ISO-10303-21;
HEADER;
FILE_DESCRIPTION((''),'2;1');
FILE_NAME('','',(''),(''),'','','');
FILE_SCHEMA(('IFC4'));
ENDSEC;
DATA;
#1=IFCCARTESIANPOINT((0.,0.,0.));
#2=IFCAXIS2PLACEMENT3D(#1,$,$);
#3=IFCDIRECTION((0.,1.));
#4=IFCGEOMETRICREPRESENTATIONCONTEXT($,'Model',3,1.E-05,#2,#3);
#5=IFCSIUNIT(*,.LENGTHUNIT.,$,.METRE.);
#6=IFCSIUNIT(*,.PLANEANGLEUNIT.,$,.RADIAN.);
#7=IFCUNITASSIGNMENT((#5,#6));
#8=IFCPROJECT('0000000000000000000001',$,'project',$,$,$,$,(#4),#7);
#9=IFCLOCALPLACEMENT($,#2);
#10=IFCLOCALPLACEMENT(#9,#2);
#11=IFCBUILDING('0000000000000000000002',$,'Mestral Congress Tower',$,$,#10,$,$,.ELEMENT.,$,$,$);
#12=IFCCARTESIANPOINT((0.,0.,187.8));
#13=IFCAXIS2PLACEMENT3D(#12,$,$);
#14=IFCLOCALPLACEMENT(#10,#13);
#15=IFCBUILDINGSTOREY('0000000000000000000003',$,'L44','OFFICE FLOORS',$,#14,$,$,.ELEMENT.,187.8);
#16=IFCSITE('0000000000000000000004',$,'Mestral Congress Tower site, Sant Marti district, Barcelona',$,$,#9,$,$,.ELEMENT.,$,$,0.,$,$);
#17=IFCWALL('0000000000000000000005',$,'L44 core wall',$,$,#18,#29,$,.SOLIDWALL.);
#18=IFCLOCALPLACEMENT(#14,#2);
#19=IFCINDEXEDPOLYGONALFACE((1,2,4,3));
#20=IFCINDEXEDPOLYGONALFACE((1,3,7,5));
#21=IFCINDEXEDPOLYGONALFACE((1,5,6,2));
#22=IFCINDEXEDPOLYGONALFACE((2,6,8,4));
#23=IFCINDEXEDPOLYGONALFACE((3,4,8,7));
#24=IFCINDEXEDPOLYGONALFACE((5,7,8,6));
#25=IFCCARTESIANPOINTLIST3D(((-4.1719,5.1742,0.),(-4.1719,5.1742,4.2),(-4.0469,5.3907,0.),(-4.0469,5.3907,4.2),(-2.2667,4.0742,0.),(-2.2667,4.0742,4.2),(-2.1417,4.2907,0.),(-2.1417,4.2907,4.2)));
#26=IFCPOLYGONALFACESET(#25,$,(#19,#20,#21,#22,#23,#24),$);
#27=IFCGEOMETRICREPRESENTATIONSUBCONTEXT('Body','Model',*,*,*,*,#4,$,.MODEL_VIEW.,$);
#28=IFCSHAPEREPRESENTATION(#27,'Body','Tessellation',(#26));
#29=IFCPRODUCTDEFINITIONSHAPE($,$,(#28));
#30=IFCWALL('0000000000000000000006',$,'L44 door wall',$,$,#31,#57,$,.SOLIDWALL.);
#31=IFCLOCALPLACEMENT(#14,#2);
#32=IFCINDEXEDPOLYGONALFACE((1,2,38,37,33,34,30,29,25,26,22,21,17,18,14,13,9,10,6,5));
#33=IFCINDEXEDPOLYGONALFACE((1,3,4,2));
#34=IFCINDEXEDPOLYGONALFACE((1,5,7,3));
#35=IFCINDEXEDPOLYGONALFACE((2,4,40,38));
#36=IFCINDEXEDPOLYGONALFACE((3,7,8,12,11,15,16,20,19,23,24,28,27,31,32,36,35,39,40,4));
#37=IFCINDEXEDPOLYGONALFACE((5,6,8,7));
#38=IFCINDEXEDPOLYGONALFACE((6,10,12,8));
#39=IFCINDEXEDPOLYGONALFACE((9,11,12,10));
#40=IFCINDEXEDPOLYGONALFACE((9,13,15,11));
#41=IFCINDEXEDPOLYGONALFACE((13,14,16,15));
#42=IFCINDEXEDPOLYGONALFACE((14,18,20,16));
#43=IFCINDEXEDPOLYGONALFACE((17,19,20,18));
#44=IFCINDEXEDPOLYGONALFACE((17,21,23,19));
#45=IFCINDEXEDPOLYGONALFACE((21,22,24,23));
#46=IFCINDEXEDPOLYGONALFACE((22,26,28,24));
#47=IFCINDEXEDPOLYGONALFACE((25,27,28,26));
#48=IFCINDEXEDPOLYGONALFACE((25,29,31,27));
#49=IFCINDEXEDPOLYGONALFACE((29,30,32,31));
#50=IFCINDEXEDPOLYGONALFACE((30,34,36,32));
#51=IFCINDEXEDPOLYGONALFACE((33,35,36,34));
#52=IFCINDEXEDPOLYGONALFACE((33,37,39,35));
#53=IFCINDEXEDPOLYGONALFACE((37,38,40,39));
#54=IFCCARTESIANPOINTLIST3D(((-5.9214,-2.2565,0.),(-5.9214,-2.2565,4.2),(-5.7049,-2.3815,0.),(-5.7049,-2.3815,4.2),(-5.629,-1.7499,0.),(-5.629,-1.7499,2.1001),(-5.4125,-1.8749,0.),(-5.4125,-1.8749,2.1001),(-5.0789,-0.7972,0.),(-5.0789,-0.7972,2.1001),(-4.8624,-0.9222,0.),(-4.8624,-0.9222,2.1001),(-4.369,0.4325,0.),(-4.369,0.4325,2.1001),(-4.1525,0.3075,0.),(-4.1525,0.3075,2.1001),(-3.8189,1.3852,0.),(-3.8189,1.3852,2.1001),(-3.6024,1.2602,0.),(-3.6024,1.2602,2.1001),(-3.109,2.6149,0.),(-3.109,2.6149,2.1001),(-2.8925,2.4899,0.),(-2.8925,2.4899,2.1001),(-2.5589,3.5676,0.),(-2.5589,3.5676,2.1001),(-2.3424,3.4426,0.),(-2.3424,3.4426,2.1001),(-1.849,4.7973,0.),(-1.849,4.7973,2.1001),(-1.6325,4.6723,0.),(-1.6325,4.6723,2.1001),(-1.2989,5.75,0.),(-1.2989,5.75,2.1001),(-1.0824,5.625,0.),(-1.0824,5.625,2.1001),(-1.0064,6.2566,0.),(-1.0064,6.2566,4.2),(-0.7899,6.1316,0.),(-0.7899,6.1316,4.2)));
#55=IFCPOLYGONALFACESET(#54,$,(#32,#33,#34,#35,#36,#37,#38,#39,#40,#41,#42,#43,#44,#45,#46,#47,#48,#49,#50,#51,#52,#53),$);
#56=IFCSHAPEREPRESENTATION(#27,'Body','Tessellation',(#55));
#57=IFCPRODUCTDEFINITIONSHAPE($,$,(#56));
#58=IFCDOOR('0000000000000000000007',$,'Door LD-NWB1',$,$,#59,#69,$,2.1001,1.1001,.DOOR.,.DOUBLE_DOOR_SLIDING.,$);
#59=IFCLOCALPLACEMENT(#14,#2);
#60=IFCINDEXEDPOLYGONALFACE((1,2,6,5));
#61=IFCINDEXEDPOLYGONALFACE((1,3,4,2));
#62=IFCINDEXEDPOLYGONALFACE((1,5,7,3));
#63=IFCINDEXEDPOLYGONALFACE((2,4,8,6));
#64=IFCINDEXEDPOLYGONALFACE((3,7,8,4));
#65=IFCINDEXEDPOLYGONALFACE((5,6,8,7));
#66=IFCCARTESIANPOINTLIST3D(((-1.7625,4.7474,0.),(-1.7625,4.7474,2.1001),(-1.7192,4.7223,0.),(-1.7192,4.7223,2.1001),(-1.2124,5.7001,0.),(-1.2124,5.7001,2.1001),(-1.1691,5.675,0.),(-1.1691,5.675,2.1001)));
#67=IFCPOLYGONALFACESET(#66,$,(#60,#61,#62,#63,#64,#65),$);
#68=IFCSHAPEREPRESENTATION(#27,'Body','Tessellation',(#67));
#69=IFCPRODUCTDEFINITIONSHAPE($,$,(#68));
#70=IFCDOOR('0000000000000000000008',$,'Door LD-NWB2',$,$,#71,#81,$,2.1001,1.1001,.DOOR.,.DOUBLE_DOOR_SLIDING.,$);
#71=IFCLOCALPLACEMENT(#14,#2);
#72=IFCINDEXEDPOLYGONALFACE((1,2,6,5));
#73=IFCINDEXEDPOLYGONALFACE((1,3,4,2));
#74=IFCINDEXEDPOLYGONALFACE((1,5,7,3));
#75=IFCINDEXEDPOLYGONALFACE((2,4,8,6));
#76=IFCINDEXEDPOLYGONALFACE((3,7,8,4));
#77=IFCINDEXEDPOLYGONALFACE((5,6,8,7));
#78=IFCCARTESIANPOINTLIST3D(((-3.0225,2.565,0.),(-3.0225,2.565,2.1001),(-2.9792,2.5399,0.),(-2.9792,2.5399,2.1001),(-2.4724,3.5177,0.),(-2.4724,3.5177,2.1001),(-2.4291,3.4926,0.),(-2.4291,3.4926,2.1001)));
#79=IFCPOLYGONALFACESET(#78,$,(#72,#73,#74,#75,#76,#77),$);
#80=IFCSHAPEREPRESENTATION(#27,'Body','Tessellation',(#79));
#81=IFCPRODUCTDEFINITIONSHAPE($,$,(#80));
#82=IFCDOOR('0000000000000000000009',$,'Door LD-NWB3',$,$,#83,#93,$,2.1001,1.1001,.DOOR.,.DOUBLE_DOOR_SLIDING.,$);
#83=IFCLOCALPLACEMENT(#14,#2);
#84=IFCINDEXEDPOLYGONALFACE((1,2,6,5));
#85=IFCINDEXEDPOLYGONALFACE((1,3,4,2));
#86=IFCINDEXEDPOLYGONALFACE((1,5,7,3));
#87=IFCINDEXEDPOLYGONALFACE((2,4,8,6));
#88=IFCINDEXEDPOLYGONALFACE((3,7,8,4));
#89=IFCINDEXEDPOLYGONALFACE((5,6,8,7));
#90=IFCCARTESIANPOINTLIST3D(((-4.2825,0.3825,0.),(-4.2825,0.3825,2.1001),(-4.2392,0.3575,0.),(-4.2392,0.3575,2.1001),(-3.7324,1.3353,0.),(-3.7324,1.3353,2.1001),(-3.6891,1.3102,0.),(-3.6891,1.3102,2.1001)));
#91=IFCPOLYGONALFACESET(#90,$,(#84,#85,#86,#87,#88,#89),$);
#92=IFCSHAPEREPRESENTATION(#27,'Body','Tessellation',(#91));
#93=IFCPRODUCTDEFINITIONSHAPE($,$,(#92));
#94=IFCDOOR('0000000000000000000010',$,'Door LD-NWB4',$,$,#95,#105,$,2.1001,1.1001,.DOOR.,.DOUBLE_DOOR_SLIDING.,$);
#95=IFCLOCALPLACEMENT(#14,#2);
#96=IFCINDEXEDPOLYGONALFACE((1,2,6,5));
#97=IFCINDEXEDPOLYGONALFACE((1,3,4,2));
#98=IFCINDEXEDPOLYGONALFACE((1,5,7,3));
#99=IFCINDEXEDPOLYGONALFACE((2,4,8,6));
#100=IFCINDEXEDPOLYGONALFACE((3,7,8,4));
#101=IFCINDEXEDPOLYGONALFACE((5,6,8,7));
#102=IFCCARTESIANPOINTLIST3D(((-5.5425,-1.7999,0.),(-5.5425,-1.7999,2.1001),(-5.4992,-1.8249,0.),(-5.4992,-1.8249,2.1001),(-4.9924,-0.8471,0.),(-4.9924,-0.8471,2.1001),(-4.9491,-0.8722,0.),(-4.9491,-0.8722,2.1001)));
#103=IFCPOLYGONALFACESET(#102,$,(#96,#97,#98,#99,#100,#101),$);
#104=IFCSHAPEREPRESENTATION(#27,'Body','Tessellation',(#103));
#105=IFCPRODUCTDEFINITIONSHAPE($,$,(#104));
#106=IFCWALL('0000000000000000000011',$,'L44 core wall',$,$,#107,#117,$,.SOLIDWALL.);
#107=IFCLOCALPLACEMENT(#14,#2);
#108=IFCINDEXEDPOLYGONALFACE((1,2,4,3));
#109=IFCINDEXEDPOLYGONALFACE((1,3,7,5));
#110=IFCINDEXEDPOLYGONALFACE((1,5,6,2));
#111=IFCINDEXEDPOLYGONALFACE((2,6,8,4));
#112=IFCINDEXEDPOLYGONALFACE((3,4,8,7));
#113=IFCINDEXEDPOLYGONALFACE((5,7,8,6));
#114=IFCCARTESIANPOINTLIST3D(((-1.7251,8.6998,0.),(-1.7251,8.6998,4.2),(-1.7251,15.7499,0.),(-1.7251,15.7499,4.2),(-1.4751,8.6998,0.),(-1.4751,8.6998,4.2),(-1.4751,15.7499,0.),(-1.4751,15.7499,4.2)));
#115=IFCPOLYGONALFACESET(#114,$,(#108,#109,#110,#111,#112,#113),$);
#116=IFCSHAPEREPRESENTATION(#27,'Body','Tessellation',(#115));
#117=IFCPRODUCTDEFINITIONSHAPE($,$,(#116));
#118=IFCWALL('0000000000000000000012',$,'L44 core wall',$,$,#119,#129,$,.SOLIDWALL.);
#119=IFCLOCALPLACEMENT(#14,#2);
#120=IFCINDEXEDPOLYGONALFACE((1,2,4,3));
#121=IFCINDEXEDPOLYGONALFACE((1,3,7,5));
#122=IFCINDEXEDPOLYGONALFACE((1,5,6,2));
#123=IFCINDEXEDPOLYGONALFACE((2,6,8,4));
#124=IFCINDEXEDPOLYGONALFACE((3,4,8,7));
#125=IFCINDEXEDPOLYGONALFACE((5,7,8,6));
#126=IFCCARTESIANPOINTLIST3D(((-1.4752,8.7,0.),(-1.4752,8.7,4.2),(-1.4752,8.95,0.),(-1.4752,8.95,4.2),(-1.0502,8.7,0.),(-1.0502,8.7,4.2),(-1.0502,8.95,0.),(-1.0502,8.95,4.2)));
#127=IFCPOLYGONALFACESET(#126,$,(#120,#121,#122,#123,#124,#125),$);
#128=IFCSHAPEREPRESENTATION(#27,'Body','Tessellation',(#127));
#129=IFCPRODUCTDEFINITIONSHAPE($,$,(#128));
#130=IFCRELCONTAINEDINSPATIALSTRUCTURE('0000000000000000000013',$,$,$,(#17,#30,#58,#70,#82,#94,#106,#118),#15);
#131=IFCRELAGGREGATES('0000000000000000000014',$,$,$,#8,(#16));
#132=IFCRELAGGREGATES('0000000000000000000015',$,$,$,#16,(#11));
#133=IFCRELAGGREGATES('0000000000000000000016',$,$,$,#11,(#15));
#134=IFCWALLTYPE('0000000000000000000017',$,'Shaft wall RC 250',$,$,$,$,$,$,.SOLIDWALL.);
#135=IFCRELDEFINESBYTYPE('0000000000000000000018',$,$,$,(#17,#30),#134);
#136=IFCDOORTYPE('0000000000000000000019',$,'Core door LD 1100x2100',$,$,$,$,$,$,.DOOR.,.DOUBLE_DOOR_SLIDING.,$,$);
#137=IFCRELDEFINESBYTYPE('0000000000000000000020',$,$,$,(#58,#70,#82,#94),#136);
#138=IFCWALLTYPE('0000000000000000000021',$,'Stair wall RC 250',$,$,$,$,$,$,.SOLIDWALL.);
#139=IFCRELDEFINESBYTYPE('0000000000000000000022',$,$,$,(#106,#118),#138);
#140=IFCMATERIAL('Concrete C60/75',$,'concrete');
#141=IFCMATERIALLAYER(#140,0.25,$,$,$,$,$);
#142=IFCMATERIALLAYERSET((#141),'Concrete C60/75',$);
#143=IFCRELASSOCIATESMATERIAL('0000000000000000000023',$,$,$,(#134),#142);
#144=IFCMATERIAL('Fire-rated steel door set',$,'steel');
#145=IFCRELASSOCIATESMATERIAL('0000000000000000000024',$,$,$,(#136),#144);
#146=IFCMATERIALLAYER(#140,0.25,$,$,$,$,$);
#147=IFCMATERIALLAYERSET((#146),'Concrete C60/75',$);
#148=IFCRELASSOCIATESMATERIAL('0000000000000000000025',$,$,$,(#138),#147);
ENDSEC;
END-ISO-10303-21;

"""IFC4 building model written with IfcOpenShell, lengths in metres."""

from ifc_helpers import new_model, si_unit, direction, frame, frame_2d, origin, place, context, subcontext, project, spatial, rectangle, extrude, material, layer, layer_set, type_object, element, fill, save


model = new_model("IFC4")

# Units and contexts
model_context = context("Model", 3, precision=1e-05, world=origin(), true_north=direction((0.0, 1.0)))
body_context = subcontext(model_context, "Body", "Model", "MODEL_VIEW")
ifc_project = project(units=[si_unit("LENGTHUNIT", "METRE"), si_unit("PLANEANGLEUNIT", "RADIAN")], contexts=[model_context])

# Site, building, storey
site_placement = place(None, origin())
site = spatial("IfcSite", under=ifc_project, at=site_placement, Name="Mestral Congress Tower site, Sant Marti district, Barcelona", CompositionType="ELEMENT", RefElevation=0.0)
building_placement = place(site_placement, origin())
building = spatial("IfcBuilding", under=site, at=building_placement, Name="Mestral Congress Tower", CompositionType="ELEMENT")
storey_placement = place(building_placement, frame((0.0, 0.0, 187.8)))
storey = spatial("IfcBuildingStorey", under=building, at=storey_placement, Name="L44", Description="OFFICE FLOORS", CompositionType="ELEMENT", Elevation=187.8)

# Shared definitions
ifc_material_1 = material(Name="Concrete C60/75", Category="concrete")

# Shared definitions
ifc_material_2 = material(Name="Fire-rated steel door set", Category="steel")

# Wall
ifc_layer_1 = layer(ifc_material_1, 0.25)
ifc_layer_set_1 = layer_set([ifc_layer_1], Name="Concrete C60/75")
wall_type_1 = type_object("IfcWallType", Name="Shaft wall RC 250", PredefinedType="SOLIDWALL", material=ifc_layer_set_1)
wall_1_placement = place(storey_placement, frame((-2.2041, 4.1824, 0.0), z_axis=(0.0, 0.0, 1.0), x_axis=(-0.866008, 0.50003, 0.0)))
element("IfcWall", 1, at=wall_1_placement, inside=storey, type_object=wall_type_1, Name="L44 core wall", PredefinedType="SOLIDWALL", context=body_context, shape_type="SweptSolid", body=[
    extrude(rectangle(XDim=2.2, YDim=0.25, at=frame_2d((1.1001, 0.0))), origin(), (0.0, 0.0, 1.0), 4.2),
])

# Wall, openings, doors
wall_2_placement = place(storey_placement, frame((-0.8982, 6.1941, 0.0), z_axis=(0.0, 0.0, 1.0), x_axis=(-0.499996, -0.866028, 0.0)))
wall_2 = element("IfcWall", 2, at=wall_2_placement, inside=storey, type_object=wall_type_1, Name="L44 door wall", PredefinedType="SOLIDWALL", context=body_context, shape_type="SweptSolid", body=[
    extrude(rectangle(XDim=9.8301, YDim=0.25, at=frame_2d((4.915, 0.0))), origin(), (0.0, 0.0, 1.0), 4.2),
])
opening_1_placement = place(wall_2_placement, frame((0.585, 0.0, 0.0)))
opening_1 = element("IfcOpeningElement", 3, at=opening_1_placement, cuts=wall_2, PredefinedType="OPENING", context=body_context, shape_type="SweptSolid", body=[
    extrude(rectangle(XDim=1.1001, YDim=2.1001, at=frame_2d((0.55, 1.05))), frame((0.0, 0.135, 0.0), z_axis=(0.0, -1.0, 0.0), x_axis=(1.0, 0.0, 0.0)), (0.0, 0.0, 1.0), 0.27),
])
opening_2_placement = place(wall_2_placement, frame((3.105, 0.0, 0.0)))
opening_2 = element("IfcOpeningElement", 4, at=opening_2_placement, cuts=wall_2, PredefinedType="OPENING", context=body_context, shape_type="SweptSolid", body=[
    extrude(rectangle(XDim=1.1001, YDim=2.1001, at=frame_2d((0.55, 1.05))), frame((0.0, 0.135, 0.0), z_axis=(0.0, -1.0, 0.0), x_axis=(1.0, 0.0, 0.0)), (0.0, 0.0, 1.0), 0.27),
])
opening_3_placement = place(wall_2_placement, frame((5.625, 0.0, 0.0)))
opening_3 = element("IfcOpeningElement", 5, at=opening_3_placement, cuts=wall_2, PredefinedType="OPENING", context=body_context, shape_type="SweptSolid", body=[
    extrude(rectangle(XDim=1.1001, YDim=2.1001, at=frame_2d((0.55, 1.05))), frame((0.0, 0.135, 0.0), z_axis=(0.0, -1.0, 0.0), x_axis=(1.0, 0.0, 0.0)), (0.0, 0.0, 1.0), 0.27),
])
opening_4_placement = place(wall_2_placement, frame((8.145, 0.0, 0.0)))
opening_4 = element("IfcOpeningElement", 6, at=opening_4_placement, cuts=wall_2, PredefinedType="OPENING", context=body_context, shape_type="SweptSolid", body=[
    extrude(rectangle(XDim=1.1001, YDim=2.1001, at=frame_2d((0.55, 1.05))), frame((0.0, 0.135, 0.0), z_axis=(0.0, -1.0, 0.0), x_axis=(1.0, 0.0, 0.0)), (0.0, 0.0, 1.0), 0.27),
])
door_type_1 = type_object("IfcDoorType", Name="Core door LD 1100x2100", OperationType="DOUBLE_DOOR_SLIDING", PredefinedType="DOOR", material=ifc_material_2)
door_1_placement = place(opening_1_placement, origin())
door_1 = element("IfcDoor", 7, at=door_1_placement, inside=storey, type_object=door_type_1, Name="Door LD-NWB1", OperationType="DOUBLE_DOOR_SLIDING", OverallHeight=2.1001, OverallWidth=1.1001, PredefinedType="DOOR", context=body_context, shape_type="SweptSolid", body=[
    extrude(rectangle(XDim=1.1001, YDim=2.1001, at=frame_2d((0.55, 1.05))), frame((0.0, 0.0249, 0.0), z_axis=(0.0, -1.0, 0.0), x_axis=(1.0, 0.0, 0.0)), (0.0, 0.0, 1.0), 0.05),
])
fill(opening_1, door_1)
door_2_placement = place(opening_2_placement, origin())
door_2 = element("IfcDoor", 8, at=door_2_placement, inside=storey, type_object=door_type_1, Name="Door LD-NWB2", OperationType="DOUBLE_DOOR_SLIDING", OverallHeight=2.1001, OverallWidth=1.1001, PredefinedType="DOOR", context=body_context, shape_type="SweptSolid", body=[
    extrude(rectangle(XDim=1.1001, YDim=2.1001, at=frame_2d((0.55, 1.05))), frame((0.0, 0.0249, 0.0), z_axis=(0.0, -1.0, 0.0), x_axis=(1.0, 0.0, 0.0)), (0.0, 0.0, 1.0), 0.05),
])
fill(opening_2, door_2)
door_3_placement = place(opening_3_placement, origin())
door_3 = element("IfcDoor", 9, at=door_3_placement, inside=storey, type_object=door_type_1, Name="Door LD-NWB3", OperationType="DOUBLE_DOOR_SLIDING", OverallHeight=2.1001, OverallWidth=1.1001, PredefinedType="DOOR", context=body_context, shape_type="SweptSolid", body=[
    extrude(rectangle(XDim=1.1001, YDim=2.1001, at=frame_2d((0.55, 1.05))), frame((0.0, 0.0249, 0.0), z_axis=(0.0, -1.0, 0.0), x_axis=(1.0, 0.0, 0.0)), (0.0, 0.0, 1.0), 0.05),
])
fill(opening_3, door_3)
door_4_placement = place(opening_4_placement, origin())
door_4 = element("IfcDoor", 10, at=door_4_placement, inside=storey, type_object=door_type_1, Name="Door LD-NWB4", OperationType="DOUBLE_DOOR_SLIDING", OverallHeight=2.1001, OverallWidth=1.1001, PredefinedType="DOOR", context=body_context, shape_type="SweptSolid", body=[
    extrude(rectangle(XDim=1.1001, YDim=2.1001, at=frame_2d((0.55, 1.05))), frame((0.0, 0.0249, 0.0), z_axis=(0.0, -1.0, 0.0), x_axis=(1.0, 0.0, 0.0)), (0.0, 0.0, 1.0), 0.05),
])
fill(opening_4, door_4)

# Walls
ifc_layer_2 = layer(ifc_material_1, 0.25)
ifc_layer_set_2 = layer_set([ifc_layer_2], Name="Concrete C60/75")
wall_type_2 = type_object("IfcWallType", Name="Stair wall RC 250", PredefinedType="SOLIDWALL", material=ifc_layer_set_2)
wall_3_placement = place(storey_placement, frame((-1.6001, 8.7, 0.0), z_axis=(0.0, 0.0, 1.0), x_axis=(0.0, 1.0, 0.0)))
element("IfcWall", 11, at=wall_3_placement, inside=storey, type_object=wall_type_2, Name="L44 core wall", PredefinedType="SOLIDWALL", context=body_context, shape_type="SweptSolid", body=[
    extrude(rectangle(XDim=7.05, YDim=0.25, at=frame_2d((3.5249, 0.0))), origin(), (0.0, 0.0, 1.0), 4.2),
])
wall_4_placement = place(storey_placement, frame((-1.4751, 8.825, 0.0), z_axis=(0.0, 0.0, 1.0), x_axis=(1.0, 0.0, 0.0)))
element("IfcWall", 12, at=wall_4_placement, inside=storey, type_object=wall_type_2, Name="L44 core wall", PredefinedType="SOLIDWALL", context=body_context, shape_type="SweptSolid", body=[
    extrude(rectangle(XDim=0.425, YDim=0.25, at=frame_2d((0.2124, 0.0))), origin(), (0.0, 0.0, 1.0), 4.2),
])

save(model, "model.ifc")
